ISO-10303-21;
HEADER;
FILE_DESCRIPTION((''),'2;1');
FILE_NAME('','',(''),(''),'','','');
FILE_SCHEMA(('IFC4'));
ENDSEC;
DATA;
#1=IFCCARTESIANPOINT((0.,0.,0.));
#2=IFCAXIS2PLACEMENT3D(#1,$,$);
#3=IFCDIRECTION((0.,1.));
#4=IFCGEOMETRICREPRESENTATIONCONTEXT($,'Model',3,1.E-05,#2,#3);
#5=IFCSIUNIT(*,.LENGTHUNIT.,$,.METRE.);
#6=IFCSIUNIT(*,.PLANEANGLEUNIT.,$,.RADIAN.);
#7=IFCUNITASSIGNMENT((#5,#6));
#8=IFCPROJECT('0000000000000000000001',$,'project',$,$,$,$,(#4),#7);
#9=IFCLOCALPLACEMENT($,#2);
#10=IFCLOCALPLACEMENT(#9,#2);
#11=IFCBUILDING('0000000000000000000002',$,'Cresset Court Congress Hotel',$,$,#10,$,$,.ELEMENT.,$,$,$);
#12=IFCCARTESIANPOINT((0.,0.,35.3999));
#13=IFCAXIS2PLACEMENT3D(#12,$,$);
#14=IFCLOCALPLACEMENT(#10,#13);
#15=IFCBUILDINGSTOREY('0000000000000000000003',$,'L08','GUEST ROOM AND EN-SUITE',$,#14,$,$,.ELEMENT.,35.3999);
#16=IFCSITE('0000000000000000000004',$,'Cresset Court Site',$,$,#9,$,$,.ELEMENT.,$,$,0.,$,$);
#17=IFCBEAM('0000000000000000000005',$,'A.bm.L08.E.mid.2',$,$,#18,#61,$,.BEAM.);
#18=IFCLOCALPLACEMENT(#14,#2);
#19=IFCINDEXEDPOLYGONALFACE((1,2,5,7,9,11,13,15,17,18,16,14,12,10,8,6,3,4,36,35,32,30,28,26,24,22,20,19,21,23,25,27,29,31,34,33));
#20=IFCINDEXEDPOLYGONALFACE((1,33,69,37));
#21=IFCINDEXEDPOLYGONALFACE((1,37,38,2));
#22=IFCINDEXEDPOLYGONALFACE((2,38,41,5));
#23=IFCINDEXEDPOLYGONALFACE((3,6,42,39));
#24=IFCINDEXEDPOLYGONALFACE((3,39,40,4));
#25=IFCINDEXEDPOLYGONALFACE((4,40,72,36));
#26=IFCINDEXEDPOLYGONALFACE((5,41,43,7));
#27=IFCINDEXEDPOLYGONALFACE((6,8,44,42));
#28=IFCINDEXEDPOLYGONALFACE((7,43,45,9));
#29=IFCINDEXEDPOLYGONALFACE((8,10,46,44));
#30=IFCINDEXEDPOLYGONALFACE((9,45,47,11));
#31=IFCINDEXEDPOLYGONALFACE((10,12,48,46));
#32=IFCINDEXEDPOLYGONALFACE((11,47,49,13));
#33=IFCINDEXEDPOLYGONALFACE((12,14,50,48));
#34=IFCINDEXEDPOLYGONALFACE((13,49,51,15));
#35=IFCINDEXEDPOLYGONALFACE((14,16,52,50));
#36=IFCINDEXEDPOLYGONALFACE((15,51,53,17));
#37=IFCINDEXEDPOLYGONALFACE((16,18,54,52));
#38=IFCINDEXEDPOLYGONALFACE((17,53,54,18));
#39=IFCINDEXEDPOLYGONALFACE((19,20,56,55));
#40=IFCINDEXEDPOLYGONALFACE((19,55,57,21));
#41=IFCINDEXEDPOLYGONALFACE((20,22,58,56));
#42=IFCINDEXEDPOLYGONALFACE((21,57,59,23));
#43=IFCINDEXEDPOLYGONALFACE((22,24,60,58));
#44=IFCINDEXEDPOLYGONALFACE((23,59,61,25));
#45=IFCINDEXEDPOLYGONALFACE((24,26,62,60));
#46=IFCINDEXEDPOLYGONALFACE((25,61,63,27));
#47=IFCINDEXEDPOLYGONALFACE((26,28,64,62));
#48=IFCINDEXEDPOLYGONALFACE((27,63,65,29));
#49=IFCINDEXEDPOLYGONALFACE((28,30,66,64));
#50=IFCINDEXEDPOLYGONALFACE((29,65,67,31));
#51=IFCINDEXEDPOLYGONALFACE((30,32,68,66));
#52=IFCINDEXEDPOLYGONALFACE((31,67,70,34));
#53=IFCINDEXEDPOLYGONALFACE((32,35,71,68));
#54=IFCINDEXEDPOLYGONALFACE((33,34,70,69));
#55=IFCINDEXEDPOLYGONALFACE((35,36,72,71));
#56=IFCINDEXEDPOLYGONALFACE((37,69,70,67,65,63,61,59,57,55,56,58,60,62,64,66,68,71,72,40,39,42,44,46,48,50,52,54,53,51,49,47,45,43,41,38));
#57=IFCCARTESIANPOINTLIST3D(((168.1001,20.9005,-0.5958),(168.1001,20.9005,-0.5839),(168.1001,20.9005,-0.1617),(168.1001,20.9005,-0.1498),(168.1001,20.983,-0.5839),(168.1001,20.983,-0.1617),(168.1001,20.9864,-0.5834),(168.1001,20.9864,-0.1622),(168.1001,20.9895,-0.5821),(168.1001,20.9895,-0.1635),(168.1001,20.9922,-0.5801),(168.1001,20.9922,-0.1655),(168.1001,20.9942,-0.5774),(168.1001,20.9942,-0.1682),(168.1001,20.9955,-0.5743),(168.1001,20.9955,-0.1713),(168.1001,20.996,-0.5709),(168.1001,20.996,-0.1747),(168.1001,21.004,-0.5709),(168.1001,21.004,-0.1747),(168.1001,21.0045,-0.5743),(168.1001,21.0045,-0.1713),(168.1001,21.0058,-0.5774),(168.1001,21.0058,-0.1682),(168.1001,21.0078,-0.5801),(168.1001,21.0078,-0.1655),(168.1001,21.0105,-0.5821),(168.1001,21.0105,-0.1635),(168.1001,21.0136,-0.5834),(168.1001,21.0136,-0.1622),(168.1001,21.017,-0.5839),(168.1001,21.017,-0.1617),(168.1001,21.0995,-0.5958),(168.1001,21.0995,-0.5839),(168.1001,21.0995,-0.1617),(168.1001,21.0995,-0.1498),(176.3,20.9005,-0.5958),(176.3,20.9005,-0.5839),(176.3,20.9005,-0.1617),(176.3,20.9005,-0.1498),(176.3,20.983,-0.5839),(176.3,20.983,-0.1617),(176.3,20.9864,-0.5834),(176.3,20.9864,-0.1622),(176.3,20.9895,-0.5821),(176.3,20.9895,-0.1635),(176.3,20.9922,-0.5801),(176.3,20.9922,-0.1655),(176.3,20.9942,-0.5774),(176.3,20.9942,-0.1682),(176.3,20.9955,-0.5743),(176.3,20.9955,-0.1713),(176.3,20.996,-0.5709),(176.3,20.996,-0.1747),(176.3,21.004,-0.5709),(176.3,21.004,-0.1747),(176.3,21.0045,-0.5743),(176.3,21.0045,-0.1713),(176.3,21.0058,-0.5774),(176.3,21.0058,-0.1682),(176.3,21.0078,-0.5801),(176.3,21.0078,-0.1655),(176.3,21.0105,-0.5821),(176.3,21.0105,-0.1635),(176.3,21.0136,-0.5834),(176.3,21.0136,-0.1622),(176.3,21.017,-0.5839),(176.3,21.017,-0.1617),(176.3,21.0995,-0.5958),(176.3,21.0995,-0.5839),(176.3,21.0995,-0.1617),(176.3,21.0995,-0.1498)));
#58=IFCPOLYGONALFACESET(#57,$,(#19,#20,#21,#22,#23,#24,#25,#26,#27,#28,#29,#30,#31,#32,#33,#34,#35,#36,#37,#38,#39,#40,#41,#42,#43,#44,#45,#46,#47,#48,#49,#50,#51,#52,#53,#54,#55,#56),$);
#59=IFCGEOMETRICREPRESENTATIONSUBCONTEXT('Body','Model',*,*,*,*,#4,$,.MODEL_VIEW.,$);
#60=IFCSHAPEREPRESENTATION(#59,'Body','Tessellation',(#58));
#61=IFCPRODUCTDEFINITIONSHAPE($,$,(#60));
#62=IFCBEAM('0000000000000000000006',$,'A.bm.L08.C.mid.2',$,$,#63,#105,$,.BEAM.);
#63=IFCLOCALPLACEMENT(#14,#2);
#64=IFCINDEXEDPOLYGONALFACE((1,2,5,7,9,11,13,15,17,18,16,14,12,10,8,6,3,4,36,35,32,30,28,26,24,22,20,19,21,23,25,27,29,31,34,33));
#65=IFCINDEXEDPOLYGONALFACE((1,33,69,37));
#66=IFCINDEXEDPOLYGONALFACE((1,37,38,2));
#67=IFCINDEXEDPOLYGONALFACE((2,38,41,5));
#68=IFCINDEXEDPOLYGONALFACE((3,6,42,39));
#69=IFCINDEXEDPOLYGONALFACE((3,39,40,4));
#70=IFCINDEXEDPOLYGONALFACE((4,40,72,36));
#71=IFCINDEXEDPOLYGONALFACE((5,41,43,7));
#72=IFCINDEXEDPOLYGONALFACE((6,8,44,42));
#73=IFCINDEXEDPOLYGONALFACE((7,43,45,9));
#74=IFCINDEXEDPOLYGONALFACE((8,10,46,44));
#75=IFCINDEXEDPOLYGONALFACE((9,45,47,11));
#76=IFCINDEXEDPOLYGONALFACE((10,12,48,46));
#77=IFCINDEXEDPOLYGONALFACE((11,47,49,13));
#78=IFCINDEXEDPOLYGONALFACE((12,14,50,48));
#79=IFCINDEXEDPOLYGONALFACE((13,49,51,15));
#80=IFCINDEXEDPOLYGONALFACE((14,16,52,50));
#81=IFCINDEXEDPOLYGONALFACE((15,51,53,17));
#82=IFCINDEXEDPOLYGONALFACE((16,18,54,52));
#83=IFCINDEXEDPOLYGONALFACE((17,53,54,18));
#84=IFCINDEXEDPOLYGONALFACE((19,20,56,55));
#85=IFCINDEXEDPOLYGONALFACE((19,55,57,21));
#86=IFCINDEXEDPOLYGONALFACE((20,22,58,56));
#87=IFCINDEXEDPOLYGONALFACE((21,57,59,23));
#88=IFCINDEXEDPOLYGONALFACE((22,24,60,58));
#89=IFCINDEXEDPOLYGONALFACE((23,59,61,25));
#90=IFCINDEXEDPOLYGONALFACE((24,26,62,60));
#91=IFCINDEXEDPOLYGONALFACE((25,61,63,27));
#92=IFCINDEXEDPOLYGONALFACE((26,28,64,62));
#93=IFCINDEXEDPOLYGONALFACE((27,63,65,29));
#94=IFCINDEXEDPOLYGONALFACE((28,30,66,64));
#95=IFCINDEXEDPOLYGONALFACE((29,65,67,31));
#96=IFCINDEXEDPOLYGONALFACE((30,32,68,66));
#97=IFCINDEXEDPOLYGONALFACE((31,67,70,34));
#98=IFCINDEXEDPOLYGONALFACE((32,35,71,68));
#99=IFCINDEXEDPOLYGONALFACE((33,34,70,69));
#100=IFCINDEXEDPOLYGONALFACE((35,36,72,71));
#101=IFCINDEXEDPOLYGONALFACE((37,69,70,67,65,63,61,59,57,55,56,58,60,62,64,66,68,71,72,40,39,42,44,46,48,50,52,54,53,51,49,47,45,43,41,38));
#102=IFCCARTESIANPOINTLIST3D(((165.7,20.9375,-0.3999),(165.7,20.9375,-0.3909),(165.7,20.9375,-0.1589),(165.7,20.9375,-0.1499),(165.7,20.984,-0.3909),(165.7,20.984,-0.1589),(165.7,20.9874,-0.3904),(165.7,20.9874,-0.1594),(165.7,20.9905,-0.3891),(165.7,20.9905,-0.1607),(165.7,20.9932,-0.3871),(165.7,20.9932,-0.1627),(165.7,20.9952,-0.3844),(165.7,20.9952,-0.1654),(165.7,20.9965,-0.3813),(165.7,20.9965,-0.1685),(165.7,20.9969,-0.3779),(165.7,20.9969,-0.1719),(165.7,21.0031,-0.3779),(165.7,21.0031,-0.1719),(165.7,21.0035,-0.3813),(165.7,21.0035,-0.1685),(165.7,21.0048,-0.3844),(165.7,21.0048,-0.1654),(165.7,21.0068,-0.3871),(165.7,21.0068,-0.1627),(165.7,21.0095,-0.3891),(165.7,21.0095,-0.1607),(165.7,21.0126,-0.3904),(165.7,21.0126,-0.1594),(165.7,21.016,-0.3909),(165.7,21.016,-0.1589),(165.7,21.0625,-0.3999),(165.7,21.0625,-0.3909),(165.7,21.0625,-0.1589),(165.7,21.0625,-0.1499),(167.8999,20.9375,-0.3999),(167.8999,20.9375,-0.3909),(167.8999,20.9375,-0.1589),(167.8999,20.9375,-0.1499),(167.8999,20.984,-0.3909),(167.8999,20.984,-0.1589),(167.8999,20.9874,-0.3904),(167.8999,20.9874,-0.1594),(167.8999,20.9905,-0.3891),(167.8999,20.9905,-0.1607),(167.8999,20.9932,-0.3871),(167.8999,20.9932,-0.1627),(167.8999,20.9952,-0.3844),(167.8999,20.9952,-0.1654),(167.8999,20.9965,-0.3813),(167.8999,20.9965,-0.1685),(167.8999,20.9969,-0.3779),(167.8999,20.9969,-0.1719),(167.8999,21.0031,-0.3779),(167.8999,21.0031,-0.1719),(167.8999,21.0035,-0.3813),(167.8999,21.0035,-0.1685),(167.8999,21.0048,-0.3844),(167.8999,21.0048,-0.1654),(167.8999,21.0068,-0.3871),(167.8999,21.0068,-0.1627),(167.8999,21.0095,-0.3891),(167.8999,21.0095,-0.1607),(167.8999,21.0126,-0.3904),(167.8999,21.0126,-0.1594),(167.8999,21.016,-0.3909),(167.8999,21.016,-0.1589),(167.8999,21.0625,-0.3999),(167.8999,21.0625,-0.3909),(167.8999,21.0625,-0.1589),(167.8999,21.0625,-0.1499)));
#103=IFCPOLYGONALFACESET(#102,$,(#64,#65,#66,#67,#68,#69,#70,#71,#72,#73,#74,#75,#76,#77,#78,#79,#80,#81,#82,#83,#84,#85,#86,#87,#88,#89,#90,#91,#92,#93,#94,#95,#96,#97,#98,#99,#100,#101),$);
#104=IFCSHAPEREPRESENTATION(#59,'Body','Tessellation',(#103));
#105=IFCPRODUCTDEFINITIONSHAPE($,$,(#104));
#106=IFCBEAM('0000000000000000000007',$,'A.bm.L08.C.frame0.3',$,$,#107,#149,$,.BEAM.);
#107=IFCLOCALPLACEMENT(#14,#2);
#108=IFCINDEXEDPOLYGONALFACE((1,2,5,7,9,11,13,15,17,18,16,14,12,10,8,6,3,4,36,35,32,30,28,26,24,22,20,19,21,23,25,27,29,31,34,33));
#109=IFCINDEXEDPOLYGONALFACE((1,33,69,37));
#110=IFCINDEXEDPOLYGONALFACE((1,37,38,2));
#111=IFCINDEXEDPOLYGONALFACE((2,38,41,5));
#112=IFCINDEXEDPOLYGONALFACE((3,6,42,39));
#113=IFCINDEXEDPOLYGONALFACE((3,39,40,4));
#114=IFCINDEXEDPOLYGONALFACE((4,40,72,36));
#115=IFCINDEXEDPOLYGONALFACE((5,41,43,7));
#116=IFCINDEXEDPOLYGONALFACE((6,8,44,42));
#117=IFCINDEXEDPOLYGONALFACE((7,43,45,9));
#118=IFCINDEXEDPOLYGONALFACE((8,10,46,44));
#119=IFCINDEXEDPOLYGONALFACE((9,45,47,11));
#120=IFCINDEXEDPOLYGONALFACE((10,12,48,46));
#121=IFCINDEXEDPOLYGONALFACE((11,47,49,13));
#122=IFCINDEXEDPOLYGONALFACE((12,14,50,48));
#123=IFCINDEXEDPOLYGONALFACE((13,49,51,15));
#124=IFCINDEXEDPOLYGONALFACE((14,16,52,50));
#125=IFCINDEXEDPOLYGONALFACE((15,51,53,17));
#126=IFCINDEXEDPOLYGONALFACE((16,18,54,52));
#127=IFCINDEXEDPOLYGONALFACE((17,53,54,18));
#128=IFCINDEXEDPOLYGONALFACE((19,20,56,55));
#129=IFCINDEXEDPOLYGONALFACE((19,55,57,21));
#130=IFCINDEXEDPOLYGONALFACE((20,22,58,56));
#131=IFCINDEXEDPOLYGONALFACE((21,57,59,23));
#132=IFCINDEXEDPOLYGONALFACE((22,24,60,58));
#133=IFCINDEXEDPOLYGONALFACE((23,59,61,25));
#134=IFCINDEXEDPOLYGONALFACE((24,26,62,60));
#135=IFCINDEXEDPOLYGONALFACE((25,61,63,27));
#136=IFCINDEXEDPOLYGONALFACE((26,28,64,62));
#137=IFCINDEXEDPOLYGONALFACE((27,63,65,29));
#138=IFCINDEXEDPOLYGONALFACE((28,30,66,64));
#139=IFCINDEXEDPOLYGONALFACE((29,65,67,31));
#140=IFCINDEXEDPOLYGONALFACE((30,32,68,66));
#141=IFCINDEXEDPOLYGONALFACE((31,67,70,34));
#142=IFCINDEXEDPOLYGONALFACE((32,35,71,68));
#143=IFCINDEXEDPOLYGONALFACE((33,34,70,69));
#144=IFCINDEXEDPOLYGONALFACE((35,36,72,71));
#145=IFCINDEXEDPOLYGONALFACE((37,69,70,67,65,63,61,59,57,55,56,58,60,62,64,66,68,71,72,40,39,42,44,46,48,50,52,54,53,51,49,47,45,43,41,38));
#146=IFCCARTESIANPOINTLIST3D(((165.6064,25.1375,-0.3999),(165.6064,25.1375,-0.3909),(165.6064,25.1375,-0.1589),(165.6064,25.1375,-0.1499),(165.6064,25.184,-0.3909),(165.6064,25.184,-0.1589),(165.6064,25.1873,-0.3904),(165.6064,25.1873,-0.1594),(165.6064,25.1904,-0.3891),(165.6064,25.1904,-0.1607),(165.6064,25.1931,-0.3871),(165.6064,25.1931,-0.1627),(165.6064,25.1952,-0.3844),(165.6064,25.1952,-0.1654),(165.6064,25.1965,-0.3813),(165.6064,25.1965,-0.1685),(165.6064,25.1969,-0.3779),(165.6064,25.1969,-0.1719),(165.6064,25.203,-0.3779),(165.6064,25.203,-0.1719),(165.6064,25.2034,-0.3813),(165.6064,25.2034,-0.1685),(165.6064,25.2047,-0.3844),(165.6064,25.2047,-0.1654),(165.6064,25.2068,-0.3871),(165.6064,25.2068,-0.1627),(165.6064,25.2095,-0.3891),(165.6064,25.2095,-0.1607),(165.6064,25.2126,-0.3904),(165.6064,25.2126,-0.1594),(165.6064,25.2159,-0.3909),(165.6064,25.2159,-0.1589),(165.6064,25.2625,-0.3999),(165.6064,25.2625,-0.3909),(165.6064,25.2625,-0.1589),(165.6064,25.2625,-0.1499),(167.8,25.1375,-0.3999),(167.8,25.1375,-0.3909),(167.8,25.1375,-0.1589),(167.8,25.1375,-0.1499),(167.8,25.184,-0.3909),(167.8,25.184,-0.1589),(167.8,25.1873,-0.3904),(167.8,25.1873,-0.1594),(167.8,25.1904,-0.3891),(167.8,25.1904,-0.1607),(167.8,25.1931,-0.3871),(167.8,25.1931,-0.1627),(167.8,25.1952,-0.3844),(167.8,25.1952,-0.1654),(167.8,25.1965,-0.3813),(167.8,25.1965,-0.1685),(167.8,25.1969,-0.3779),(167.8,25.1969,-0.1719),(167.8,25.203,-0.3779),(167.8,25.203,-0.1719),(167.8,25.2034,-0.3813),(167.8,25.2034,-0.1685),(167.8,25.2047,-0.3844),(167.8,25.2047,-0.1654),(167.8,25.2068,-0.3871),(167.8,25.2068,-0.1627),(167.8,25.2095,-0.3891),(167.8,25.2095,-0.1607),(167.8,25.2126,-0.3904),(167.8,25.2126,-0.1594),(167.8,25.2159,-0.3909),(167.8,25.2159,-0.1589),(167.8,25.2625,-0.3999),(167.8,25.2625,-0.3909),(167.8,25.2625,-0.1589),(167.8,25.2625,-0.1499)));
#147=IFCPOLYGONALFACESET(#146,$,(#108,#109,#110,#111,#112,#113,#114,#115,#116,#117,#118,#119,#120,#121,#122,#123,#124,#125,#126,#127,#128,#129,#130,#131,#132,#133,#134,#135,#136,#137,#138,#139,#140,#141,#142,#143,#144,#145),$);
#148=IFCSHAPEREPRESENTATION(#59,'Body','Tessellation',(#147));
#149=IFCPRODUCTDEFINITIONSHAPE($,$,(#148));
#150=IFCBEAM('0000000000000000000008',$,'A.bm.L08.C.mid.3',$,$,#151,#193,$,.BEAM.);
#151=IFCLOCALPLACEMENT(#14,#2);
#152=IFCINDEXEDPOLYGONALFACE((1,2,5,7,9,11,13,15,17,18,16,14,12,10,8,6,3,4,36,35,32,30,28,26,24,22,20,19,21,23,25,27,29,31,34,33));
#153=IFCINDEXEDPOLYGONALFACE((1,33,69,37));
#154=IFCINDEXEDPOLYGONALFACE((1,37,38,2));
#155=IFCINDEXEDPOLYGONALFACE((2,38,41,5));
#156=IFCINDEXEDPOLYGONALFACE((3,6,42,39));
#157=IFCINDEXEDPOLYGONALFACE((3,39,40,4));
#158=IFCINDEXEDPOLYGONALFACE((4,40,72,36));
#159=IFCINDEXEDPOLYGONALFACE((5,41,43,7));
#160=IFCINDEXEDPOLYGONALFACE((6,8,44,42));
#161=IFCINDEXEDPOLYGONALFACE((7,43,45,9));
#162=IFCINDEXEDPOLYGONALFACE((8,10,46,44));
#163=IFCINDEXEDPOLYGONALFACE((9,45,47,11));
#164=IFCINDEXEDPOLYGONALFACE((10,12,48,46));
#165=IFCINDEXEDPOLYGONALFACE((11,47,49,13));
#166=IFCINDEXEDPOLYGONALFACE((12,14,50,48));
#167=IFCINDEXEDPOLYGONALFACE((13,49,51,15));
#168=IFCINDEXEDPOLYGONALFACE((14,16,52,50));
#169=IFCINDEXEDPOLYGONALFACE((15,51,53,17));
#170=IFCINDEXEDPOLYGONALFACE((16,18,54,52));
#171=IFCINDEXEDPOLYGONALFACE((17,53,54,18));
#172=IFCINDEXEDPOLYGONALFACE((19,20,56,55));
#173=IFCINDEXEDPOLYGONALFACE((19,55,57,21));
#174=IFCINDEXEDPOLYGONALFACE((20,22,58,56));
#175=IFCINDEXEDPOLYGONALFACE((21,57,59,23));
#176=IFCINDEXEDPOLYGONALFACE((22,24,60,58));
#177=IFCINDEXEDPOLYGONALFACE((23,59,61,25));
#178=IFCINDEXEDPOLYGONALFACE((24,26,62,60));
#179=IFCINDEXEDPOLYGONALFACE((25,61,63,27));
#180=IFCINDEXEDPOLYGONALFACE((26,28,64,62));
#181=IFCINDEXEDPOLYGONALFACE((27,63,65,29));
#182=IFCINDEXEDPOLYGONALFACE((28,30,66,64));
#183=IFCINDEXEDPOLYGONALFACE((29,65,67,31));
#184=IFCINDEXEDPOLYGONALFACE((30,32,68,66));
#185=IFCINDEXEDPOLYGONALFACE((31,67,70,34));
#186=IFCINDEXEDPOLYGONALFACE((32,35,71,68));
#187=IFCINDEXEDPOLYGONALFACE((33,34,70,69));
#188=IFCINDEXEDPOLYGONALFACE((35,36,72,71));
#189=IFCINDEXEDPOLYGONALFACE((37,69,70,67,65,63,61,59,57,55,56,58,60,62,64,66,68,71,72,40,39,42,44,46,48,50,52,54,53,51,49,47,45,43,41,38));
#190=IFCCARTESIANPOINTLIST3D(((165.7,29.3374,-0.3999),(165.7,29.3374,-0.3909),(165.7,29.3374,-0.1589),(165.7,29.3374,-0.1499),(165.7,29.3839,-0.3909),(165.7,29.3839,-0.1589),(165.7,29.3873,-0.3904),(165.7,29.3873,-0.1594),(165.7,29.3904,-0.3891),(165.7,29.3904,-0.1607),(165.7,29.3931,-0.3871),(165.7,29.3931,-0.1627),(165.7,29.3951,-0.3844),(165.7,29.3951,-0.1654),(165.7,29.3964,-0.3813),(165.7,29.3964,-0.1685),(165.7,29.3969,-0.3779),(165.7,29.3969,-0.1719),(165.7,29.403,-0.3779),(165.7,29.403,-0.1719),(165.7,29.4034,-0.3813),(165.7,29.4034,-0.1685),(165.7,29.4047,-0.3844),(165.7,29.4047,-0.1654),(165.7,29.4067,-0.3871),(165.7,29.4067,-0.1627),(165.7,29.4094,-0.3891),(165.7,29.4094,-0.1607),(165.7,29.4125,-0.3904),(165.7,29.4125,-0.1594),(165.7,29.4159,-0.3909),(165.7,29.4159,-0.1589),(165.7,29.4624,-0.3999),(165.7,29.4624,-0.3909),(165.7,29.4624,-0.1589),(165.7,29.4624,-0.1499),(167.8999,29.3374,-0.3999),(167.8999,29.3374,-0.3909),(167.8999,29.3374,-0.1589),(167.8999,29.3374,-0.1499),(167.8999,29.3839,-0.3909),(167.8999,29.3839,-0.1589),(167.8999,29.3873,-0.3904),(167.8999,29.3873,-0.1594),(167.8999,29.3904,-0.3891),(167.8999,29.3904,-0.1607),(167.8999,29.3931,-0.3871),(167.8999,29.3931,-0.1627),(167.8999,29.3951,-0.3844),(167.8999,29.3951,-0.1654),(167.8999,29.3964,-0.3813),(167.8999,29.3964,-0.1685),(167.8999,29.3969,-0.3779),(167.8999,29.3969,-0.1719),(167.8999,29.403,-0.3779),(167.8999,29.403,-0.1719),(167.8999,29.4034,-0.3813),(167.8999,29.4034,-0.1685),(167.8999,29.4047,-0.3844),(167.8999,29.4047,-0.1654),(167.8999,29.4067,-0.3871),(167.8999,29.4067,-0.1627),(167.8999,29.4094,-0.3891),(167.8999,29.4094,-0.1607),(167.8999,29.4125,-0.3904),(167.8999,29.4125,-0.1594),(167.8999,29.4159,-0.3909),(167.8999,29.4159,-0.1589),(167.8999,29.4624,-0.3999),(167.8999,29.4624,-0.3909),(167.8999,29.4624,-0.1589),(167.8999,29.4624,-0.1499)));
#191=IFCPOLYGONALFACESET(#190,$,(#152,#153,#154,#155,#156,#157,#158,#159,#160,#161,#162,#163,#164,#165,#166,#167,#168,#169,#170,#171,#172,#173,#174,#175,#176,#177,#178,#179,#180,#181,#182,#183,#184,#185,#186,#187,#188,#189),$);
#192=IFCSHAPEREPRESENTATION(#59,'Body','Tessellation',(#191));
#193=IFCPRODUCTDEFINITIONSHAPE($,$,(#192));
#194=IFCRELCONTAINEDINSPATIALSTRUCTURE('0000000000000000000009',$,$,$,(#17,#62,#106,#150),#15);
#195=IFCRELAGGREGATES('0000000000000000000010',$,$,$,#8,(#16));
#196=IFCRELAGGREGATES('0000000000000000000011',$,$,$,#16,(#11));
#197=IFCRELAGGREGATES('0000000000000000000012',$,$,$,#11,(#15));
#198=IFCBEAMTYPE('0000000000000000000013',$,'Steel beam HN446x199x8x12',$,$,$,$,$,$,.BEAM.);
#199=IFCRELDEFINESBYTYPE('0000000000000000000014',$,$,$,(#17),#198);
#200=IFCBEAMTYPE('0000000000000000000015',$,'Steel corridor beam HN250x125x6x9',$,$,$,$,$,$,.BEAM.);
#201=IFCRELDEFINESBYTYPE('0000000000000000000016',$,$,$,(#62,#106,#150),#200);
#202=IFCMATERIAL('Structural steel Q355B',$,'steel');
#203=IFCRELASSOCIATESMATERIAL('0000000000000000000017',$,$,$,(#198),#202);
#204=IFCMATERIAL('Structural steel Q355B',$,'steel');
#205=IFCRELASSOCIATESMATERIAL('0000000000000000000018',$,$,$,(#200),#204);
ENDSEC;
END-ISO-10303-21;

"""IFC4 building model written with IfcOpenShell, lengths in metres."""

from ifc_helpers import new_model, si_unit, direction, frame, origin, origin_2d, place, context, subcontext, project, spatial, i_section, extrude, material, material_profile, profile_set, type_object, element, save


model = new_model("IFC4")

# Units and contexts
model_context = context("Model", 3, precision=1e-05, world=origin(), true_north=direction((0.0, 1.0)))
body_context = subcontext(model_context, "Body", "Model", "MODEL_VIEW")
ifc_project = project(units=[si_unit("LENGTHUNIT", "METRE"), si_unit("PLANEANGLEUNIT", "RADIAN")], contexts=[model_context])

# Site, building, storey
site_placement = place(None, origin())
site = spatial("IfcSite", under=ifc_project, at=site_placement, Name="Cresset Court Site", CompositionType="ELEMENT", RefElevation=0.0)
building_placement = place(site_placement, origin())
building = spatial("IfcBuilding", under=site, at=building_placement, Name="Cresset Court Congress Hotel", CompositionType="ELEMENT")
storey_placement = place(building_placement, frame((0.0, 0.0, 35.3999)))
storey = spatial("IfcBuildingStorey", under=building, at=storey_placement, Name="L08", Description="GUEST ROOM AND EN-SUITE", CompositionType="ELEMENT", Elevation=35.3999)

# Beams
ifc_material_1 = material(Name="Structural steel Q355B", Category="steel")
ifc_material_profile_1 = material_profile(ifc_material_1, i_section(OverallWidth=0.199, OverallDepth=0.446, WebThickness=0.0081, FlangeThickness=0.012, FilletRadius=0.0129, at=origin_2d()), Name="HN446x199x8x12")
ifc_profile_set_1 = profile_set([ifc_material_profile_1], Name="Structural steel Q355B")
beam_type_1 = type_object("IfcBeamType", Name="Steel beam HN446x199x8x12", PredefinedType="BEAM", material=ifc_profile_set_1)
beam_1_placement = place(storey_placement, frame((168.1001, 21.0, -0.3728), z_axis=(1.0, 0.0, 0.0), x_axis=(0.0, 1.0, 0.0)))
element("IfcBeam", 1, at=beam_1_placement, inside=storey, type_object=beam_type_1, Name="A.bm.L08.E.mid.2", PredefinedType="BEAM", context=body_context, shape_type="SweptSolid", body=[
    extrude(i_section(OverallWidth=0.199, OverallDepth=0.446, WebThickness=0.0081, FlangeThickness=0.012, FilletRadius=0.0129, at=origin_2d()), origin(), (0.0, 0.0, 1.0), 8.2),
])
ifc_material_2 = material(Name="Structural steel Q355B", Category="steel")
ifc_material_profile_2 = material_profile(ifc_material_2, i_section(OverallWidth=0.125, OverallDepth=0.25, WebThickness=0.0061, FlangeThickness=0.009, FilletRadius=0.0129, at=origin_2d()), Name="HN250x125x6x9")
ifc_profile_set_2 = profile_set([ifc_material_profile_2], Name="Structural steel Q355B")
beam_type_2 = type_object("IfcBeamType", Name="Steel corridor beam HN250x125x6x9", PredefinedType="BEAM", material=ifc_profile_set_2)
beam_2_placement = place(storey_placement, frame((165.7, 21.0, -0.2749), z_axis=(1.0, 0.0, 0.0), x_axis=(0.0, 1.0, 0.0)))
element("IfcBeam", 2, at=beam_2_placement, inside=storey, type_object=beam_type_2, Name="A.bm.L08.C.mid.2", PredefinedType="BEAM", context=body_context, shape_type="SweptSolid", body=[
    extrude(i_section(OverallWidth=0.125, OverallDepth=0.25, WebThickness=0.0061, FlangeThickness=0.009, FilletRadius=0.0129, at=origin_2d()), origin(), (0.0, 0.0, 1.0), 2.2),
])
beam_3_placement = place(storey_placement, frame((165.6064, 25.2, -0.2749), z_axis=(1.0, 0.0, 0.0), x_axis=(0.0, 1.0, 0.0)))
element("IfcBeam", 3, at=beam_3_placement, inside=storey, type_object=beam_type_2, Name="A.bm.L08.C.frame0.3", PredefinedType="BEAM", context=body_context, shape_type="SweptSolid", body=[
    extrude(i_section(OverallWidth=0.125, OverallDepth=0.25, WebThickness=0.0061, FlangeThickness=0.009, FilletRadius=0.0129, at=origin_2d()), origin(), (0.0, 0.0, 1.0), 2.1936),
])
beam_4_placement = place(storey_placement, frame((165.7, 29.3999, -0.2749), z_axis=(1.0, 0.0, 0.0), x_axis=(0.0, 1.0, 0.0)))
element("IfcBeam", 4, at=beam_4_placement, inside=storey, type_object=beam_type_2, Name="A.bm.L08.C.mid.3", PredefinedType="BEAM", context=body_context, shape_type="SweptSolid", body=[
    extrude(i_section(OverallWidth=0.125, OverallDepth=0.25, WebThickness=0.0061, FlangeThickness=0.009, FilletRadius=0.0129, at=origin_2d()), origin(), (0.0, 0.0, 1.0), 2.2),
])

save(model, "model.ifc")
